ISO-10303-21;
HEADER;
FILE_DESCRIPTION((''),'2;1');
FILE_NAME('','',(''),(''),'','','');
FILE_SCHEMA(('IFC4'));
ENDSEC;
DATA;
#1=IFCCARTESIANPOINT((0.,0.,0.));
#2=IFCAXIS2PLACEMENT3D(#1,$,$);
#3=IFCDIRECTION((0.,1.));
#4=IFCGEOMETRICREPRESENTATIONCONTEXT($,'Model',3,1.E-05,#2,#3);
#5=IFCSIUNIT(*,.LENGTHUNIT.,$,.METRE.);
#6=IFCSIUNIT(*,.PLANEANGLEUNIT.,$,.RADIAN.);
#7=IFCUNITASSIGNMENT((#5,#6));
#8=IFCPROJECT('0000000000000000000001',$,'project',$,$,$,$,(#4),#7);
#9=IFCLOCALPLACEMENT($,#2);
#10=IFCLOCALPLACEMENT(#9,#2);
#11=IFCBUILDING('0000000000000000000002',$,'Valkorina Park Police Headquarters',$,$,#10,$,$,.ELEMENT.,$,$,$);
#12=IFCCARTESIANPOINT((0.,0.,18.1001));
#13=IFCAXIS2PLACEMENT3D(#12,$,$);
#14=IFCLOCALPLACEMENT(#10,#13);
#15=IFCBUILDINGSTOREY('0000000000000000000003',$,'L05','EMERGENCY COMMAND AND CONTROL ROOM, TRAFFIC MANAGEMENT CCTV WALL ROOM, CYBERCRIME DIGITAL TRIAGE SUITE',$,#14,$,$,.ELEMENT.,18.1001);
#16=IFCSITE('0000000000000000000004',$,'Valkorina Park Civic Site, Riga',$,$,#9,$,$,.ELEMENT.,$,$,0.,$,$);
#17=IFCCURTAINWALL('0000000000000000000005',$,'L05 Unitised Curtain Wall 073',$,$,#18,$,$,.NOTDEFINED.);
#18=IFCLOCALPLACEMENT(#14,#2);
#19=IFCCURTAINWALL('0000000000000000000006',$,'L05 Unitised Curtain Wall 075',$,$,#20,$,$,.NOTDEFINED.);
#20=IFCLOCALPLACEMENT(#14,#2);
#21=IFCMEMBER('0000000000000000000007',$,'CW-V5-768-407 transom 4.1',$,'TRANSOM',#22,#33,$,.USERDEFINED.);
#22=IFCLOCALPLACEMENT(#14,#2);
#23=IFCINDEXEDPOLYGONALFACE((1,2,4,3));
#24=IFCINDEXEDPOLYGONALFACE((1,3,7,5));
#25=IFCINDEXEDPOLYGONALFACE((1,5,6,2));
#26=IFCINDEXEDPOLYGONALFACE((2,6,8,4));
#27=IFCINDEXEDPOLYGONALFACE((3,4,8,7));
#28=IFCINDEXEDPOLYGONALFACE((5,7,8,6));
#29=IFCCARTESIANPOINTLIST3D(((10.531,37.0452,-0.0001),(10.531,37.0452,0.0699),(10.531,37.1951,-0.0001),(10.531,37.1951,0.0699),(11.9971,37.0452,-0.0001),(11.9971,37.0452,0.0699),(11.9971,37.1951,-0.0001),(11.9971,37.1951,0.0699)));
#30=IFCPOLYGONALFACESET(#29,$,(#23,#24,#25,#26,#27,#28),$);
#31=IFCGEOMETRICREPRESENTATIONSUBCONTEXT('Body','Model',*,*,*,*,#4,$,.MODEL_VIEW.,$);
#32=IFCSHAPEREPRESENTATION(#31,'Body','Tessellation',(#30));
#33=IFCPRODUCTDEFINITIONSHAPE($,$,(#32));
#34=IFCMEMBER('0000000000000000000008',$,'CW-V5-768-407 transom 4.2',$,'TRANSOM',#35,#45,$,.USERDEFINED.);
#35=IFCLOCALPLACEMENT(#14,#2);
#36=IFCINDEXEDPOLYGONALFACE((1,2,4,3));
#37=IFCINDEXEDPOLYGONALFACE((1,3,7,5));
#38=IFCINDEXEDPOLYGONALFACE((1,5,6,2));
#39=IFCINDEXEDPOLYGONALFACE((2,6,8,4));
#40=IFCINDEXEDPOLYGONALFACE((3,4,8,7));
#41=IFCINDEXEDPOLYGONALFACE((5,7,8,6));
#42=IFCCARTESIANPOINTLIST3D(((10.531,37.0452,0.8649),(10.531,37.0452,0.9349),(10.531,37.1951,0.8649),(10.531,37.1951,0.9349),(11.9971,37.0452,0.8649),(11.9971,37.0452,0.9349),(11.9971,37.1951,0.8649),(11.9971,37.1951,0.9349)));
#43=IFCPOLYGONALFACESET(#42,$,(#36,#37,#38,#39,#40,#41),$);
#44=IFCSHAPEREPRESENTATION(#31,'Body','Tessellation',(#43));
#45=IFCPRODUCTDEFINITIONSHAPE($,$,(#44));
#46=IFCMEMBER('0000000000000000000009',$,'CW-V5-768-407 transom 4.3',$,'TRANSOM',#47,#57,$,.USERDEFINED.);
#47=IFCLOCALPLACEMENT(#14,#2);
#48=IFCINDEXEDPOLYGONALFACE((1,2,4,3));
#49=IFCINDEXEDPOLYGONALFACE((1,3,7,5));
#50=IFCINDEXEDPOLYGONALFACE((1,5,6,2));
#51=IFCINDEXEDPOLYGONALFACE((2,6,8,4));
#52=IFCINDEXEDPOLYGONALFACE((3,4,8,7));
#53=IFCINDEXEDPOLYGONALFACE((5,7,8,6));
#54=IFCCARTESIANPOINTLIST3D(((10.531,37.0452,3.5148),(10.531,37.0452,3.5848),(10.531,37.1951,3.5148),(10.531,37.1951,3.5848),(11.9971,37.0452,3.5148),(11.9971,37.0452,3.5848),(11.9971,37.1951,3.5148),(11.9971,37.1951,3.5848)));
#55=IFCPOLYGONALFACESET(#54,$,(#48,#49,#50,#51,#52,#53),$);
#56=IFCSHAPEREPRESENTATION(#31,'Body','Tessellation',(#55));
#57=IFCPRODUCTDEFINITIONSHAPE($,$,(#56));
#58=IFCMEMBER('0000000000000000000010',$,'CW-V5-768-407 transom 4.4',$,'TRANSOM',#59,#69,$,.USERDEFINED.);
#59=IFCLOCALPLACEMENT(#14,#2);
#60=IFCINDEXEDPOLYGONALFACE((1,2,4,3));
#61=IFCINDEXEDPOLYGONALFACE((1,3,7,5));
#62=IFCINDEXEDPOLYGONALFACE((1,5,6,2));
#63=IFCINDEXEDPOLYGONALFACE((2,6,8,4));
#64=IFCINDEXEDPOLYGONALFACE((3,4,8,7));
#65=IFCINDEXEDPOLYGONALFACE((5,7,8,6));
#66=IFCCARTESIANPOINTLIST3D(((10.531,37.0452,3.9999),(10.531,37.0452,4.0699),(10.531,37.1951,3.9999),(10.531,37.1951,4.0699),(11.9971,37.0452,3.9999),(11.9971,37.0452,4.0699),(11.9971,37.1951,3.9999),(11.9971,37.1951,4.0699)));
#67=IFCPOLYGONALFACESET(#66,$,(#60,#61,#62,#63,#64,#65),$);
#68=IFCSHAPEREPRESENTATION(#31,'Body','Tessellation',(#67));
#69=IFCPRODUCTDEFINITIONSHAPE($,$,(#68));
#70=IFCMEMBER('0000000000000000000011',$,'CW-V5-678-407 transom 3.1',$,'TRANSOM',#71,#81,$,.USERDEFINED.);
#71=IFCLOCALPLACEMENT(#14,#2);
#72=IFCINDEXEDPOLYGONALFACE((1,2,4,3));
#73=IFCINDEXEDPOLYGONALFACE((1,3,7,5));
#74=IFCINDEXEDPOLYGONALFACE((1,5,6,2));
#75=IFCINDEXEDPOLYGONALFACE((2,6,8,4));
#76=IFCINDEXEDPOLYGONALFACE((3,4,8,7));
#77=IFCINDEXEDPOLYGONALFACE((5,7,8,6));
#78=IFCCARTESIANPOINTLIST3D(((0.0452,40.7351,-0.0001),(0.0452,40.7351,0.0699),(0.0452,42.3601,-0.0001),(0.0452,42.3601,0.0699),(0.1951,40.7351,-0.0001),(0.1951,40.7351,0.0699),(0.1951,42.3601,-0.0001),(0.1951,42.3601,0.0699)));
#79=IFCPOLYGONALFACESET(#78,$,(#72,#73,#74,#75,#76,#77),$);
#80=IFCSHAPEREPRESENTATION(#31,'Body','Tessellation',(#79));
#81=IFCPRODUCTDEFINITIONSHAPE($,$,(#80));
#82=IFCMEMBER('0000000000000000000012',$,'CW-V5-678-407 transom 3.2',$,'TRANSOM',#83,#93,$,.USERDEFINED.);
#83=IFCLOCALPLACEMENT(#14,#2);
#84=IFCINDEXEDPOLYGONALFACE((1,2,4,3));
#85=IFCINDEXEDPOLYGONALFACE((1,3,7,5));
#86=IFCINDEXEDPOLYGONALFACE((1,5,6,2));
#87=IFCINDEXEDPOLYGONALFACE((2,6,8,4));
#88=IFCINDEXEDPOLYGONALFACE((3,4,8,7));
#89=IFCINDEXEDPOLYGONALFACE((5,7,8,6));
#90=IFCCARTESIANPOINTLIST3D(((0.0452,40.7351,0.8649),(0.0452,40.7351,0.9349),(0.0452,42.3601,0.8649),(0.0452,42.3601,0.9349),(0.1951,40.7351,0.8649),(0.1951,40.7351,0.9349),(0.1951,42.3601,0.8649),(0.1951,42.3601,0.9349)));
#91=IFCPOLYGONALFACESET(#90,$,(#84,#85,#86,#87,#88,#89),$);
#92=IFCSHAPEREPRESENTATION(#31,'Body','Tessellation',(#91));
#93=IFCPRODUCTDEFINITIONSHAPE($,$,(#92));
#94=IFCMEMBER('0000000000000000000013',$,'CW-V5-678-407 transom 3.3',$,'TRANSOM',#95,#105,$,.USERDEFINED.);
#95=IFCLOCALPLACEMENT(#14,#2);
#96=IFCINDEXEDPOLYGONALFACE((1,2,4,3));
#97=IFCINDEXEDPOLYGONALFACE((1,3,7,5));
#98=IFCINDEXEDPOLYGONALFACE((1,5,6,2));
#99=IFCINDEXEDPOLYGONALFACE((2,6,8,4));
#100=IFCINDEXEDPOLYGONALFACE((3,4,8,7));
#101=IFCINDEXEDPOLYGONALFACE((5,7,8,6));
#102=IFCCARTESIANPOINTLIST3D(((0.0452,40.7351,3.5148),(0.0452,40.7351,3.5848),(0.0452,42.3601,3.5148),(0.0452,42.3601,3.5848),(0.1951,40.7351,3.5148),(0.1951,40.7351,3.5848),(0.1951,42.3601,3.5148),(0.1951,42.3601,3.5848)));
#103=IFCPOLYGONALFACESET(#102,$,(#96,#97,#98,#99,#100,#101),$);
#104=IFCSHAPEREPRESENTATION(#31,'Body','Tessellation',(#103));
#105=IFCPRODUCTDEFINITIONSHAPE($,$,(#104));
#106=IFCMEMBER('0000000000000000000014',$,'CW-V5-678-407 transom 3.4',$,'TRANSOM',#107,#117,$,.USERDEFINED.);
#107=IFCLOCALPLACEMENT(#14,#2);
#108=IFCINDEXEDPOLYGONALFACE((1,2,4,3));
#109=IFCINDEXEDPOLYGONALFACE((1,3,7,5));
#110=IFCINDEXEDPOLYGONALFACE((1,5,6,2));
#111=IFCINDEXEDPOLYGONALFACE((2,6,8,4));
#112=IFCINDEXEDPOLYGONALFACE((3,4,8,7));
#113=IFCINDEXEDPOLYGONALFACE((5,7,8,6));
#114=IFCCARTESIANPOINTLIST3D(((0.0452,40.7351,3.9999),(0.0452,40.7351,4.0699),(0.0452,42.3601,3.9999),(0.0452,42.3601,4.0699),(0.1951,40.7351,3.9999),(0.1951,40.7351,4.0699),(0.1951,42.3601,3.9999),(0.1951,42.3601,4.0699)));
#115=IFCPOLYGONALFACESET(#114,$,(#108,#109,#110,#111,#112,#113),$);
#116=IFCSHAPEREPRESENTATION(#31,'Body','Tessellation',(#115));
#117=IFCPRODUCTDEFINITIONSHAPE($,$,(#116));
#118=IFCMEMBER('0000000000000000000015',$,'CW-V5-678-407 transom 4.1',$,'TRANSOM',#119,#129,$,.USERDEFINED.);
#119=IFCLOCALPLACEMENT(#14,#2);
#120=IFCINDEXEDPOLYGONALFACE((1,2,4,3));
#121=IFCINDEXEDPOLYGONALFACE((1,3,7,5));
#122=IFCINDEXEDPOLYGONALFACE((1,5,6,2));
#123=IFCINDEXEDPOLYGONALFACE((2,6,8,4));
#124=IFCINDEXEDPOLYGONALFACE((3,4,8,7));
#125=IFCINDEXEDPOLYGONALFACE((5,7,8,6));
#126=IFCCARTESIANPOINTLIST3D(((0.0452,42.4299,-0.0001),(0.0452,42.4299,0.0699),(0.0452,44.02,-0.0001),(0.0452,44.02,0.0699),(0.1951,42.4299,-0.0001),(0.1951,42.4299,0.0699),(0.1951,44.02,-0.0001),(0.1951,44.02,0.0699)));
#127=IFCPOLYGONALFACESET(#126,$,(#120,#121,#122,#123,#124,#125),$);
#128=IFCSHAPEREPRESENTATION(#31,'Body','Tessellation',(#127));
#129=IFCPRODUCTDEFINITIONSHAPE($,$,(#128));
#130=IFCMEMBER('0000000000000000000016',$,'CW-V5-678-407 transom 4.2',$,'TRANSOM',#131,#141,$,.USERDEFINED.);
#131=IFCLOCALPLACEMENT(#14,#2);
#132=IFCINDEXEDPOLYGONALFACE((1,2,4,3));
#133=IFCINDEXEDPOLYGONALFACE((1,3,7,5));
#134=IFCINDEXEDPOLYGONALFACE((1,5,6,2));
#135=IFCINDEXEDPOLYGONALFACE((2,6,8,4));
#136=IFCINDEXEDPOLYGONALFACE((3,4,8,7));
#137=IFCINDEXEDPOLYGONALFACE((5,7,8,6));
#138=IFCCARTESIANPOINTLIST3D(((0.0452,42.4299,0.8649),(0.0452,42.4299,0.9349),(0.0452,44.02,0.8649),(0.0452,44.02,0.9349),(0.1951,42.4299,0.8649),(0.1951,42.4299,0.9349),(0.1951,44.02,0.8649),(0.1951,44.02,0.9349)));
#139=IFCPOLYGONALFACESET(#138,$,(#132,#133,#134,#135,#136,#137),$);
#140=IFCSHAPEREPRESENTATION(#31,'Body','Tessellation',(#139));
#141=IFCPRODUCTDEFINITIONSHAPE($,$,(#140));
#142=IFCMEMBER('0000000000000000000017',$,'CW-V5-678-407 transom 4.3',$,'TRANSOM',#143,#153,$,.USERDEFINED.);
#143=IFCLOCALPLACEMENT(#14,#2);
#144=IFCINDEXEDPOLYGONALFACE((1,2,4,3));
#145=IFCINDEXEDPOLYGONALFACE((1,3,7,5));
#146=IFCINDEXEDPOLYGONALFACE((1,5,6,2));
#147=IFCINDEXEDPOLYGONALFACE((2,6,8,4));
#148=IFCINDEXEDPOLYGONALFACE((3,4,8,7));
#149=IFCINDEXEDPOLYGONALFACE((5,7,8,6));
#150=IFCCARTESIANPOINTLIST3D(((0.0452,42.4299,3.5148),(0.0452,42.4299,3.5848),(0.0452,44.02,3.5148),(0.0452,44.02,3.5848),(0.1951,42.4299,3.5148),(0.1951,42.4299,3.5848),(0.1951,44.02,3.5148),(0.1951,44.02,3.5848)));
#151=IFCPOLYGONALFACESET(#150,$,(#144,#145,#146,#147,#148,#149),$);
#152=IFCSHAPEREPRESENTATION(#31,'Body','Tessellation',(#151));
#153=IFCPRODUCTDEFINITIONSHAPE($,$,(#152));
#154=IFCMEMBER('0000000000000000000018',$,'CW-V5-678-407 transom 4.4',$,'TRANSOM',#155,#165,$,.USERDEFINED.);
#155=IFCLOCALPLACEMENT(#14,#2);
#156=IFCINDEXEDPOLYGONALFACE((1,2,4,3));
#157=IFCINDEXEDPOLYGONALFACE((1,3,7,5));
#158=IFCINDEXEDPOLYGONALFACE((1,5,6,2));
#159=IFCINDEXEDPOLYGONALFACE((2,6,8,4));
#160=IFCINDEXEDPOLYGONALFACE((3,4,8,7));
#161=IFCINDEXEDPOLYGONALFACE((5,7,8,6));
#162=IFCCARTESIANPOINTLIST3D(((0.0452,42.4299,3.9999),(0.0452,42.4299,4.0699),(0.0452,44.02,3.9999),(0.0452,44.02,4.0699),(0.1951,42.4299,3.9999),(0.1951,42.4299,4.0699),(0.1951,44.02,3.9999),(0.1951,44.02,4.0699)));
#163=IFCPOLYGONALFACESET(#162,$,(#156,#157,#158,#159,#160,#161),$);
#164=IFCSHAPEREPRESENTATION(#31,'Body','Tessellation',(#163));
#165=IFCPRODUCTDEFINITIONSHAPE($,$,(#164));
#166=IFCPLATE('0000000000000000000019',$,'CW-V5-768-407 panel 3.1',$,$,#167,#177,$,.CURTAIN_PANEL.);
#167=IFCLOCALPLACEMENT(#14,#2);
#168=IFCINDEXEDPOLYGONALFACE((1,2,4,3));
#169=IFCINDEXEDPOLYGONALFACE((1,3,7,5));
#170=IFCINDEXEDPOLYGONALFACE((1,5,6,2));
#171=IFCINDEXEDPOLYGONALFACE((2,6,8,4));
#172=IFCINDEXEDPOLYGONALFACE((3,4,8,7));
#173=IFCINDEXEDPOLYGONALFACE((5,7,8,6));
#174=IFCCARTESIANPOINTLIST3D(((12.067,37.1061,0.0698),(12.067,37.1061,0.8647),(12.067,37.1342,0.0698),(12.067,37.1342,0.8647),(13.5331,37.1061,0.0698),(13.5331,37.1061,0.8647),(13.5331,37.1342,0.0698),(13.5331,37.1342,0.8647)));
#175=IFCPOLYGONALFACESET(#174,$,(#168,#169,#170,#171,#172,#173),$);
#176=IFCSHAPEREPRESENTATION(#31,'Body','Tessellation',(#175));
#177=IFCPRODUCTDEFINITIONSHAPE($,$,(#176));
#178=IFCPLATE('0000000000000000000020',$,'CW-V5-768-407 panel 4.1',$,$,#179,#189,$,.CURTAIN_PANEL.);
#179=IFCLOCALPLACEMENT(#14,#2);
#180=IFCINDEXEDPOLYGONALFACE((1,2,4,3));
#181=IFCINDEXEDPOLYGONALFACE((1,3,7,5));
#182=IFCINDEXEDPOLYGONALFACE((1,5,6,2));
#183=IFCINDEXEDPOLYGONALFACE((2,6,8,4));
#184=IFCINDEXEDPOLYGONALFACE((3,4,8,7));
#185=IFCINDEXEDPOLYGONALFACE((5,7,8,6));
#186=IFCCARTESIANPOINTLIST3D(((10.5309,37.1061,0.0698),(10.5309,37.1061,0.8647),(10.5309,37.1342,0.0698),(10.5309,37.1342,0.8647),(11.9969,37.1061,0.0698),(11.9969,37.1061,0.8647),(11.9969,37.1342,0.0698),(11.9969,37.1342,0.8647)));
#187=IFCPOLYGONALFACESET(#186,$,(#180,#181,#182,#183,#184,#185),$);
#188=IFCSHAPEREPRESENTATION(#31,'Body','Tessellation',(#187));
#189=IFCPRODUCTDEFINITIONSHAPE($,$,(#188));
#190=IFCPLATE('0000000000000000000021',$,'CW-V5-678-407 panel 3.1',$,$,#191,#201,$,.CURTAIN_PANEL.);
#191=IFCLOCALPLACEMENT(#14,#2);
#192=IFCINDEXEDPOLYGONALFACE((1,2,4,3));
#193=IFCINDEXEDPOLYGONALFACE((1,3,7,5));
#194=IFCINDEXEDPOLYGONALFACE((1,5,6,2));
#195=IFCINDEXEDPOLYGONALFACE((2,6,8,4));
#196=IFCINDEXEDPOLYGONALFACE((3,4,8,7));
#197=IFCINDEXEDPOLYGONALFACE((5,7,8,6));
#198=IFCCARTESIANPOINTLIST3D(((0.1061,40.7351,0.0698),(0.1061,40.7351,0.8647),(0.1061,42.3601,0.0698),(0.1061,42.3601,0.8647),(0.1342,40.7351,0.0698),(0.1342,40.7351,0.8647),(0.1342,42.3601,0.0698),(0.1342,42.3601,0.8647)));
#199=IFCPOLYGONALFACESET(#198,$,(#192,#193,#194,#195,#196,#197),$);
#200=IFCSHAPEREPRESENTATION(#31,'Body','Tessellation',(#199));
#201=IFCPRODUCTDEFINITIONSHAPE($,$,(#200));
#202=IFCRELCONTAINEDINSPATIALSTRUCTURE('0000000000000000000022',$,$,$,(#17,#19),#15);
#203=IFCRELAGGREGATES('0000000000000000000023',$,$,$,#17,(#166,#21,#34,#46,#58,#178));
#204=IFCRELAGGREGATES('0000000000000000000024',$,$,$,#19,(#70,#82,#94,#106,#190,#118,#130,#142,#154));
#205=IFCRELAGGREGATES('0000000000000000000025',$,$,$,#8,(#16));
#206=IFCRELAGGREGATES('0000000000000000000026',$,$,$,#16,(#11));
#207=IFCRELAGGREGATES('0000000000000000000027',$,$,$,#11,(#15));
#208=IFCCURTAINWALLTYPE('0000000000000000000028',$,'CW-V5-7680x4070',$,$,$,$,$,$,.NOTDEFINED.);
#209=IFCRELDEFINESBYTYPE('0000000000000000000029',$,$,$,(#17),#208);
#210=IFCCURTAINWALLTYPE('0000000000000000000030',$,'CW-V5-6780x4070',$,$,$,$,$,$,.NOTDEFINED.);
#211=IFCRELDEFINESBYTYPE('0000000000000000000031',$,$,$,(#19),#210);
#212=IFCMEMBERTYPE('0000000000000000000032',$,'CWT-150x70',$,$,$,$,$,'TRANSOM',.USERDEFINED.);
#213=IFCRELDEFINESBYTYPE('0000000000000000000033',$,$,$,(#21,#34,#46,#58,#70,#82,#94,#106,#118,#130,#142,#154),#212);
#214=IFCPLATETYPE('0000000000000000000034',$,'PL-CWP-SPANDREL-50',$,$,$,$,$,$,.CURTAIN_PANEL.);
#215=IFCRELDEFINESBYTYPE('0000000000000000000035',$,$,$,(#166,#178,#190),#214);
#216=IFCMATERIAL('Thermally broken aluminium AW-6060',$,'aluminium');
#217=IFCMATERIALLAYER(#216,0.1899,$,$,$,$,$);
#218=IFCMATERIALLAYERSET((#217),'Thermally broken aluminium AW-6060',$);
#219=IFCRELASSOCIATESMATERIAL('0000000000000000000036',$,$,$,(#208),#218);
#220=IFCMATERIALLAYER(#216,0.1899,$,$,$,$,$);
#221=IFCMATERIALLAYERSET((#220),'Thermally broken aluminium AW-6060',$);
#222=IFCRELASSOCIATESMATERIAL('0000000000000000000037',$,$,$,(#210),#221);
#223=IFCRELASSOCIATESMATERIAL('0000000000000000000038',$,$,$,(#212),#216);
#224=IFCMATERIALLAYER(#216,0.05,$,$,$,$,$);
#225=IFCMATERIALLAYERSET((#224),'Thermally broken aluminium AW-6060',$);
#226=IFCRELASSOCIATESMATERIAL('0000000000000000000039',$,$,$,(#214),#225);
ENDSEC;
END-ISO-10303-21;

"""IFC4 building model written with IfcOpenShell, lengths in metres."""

from ifc_helpers import new_model, si_unit, direction, frame, origin, origin_2d, place, context, subcontext, project, spatial, rectangle, extrude, material, layer, layer_set, material_profile, profile_set, type_object, element, aggregate, save


model = new_model("IFC4")

# Units and contexts
model_context = context("Model", 3, precision=1e-05, world=origin(), true_north=direction((0.0, 1.0)))
body_context = subcontext(model_context, "Body", "Model", "MODEL_VIEW")
ifc_project = project(units=[si_unit("LENGTHUNIT", "METRE"), si_unit("PLANEANGLEUNIT", "RADIAN")], contexts=[model_context])

# Site, building, storey
site_placement = place(None, origin())
site = spatial("IfcSite", under=ifc_project, at=site_placement, Name="Valkorina Park Civic Site, Riga", CompositionType="ELEMENT", RefElevation=0.0)
building_placement = place(site_placement, origin())
building = spatial("IfcBuilding", under=site, at=building_placement, Name="Valkorina Park Police Headquarters", CompositionType="ELEMENT")
storey_placement = place(building_placement, frame((0.0, 0.0, 18.1001)))
storey = spatial("IfcBuildingStorey", under=building, at=storey_placement, Name="L05", Description="EMERGENCY COMMAND AND CONTROL ROOM, TRAFFIC MANAGEMENT CCTV WALL ROOM, CYBERCRIME DIGITAL TRIAGE SUITE", CompositionType="ELEMENT", Elevation=18.1001)

# Curtain wall
ifc_material_1 = material(Name="Thermally broken aluminium AW-6060", Category="aluminium")
ifc_layer_1 = layer(ifc_material_1, 0.1899)
ifc_layer_set_1 = layer_set([ifc_layer_1], Name="Thermally broken aluminium AW-6060")
curtain_wall_type_1 = type_object("IfcCurtainWallType", Name="CW-V5-7680x4070", PredefinedType="NOTDEFINED", material=ifc_layer_set_1)
curtain_wall_1_placement = place(storey_placement, origin())
curtain_wall_1 = element("IfcCurtainWall", 1, at=curtain_wall_1_placement, inside=storey, type_object=curtain_wall_type_1, Name="L05 Unitised Curtain Wall 073", PredefinedType="NOTDEFINED")

# Curtain wall
ifc_layer_2 = layer(ifc_material_1, 0.1899)
ifc_layer_set_2 = layer_set([ifc_layer_2], Name="Thermally broken aluminium AW-6060")
curtain_wall_type_2 = type_object("IfcCurtainWallType", Name="CW-V5-6780x4070", PredefinedType="NOTDEFINED", material=ifc_layer_set_2)
curtain_wall_2_placement = place(storey_placement, origin())
curtain_wall_2 = element("IfcCurtainWall", 2, at=curtain_wall_2_placement, inside=storey, type_object=curtain_wall_type_2, Name="L05 Unitised Curtain Wall 075", PredefinedType="NOTDEFINED")

# Members
ifc_material_profile_1 = material_profile(ifc_material_1, rectangle(XDim=0.1499, YDim=0.0701, at=origin_2d()), Name="CWT-02 150x70")
ifc_profile_set_1 = profile_set([ifc_material_profile_1], Name="Thermally broken aluminium AW-6060")
member_type_1 = type_object("IfcMemberType", Name="CWT-150x70", ElementType="TRANSOM", PredefinedType="USERDEFINED", material=ifc_profile_set_1)
member_1_placement = place(storey_placement, frame((11.9971, 37.1201, 0.0349), z_axis=(-1.0, 0.0, 0.0), x_axis=(0.0, -1.0, 0.0)))
member_1 = element("IfcMember", 3, at=member_1_placement, type_object=member_type_1, Name="CW-V5-768-407 transom 4.1", ObjectType="TRANSOM", PredefinedType="USERDEFINED", context=body_context, shape_type="SweptSolid", body=[
    extrude(rectangle(XDim=0.1499, YDim=0.0701, at=origin_2d()), origin(), (0.0, 0.0, 1.0), 1.4661),
])
member_2_placement = place(storey_placement, frame((11.9971, 37.1201, 0.8999), z_axis=(-1.0, 0.0, 0.0), x_axis=(0.0, -1.0, 0.0)))
member_2 = element("IfcMember", 4, at=member_2_placement, type_object=member_type_1, Name="CW-V5-768-407 transom 4.2", ObjectType="TRANSOM", PredefinedType="USERDEFINED", context=body_context, shape_type="SweptSolid", body=[
    extrude(rectangle(XDim=0.1499, YDim=0.0701, at=origin_2d()), origin(), (0.0, 0.0, 1.0), 1.4661),
])
member_3_placement = place(storey_placement, frame((11.9971, 37.1201, 3.5498), z_axis=(-1.0, 0.0, 0.0), x_axis=(0.0, -1.0, 0.0)))
member_3 = element("IfcMember", 5, at=member_3_placement, type_object=member_type_1, Name="CW-V5-768-407 transom 4.3", ObjectType="TRANSOM", PredefinedType="USERDEFINED", context=body_context, shape_type="SweptSolid", body=[
    extrude(rectangle(XDim=0.1499, YDim=0.0701, at=origin_2d()), origin(), (0.0, 0.0, 1.0), 1.4661),
])
member_4_placement = place(storey_placement, frame((11.9971, 37.1201, 4.0349), z_axis=(-1.0, 0.0, 0.0), x_axis=(0.0, -1.0, 0.0)))
member_4 = element("IfcMember", 6, at=member_4_placement, type_object=member_type_1, Name="CW-V5-768-407 transom 4.4", ObjectType="TRANSOM", PredefinedType="USERDEFINED", context=body_context, shape_type="SweptSolid", body=[
    extrude(rectangle(XDim=0.1499, YDim=0.0701, at=origin_2d()), origin(), (0.0, 0.0, 1.0), 1.4661),
])
member_5_placement = place(storey_placement, frame((0.1201, 40.7351, 0.0349), z_axis=(0.0, 1.0, 0.0), x_axis=(-1.0, 0.0, 0.0)))
member_5 = element("IfcMember", 7, at=member_5_placement, type_object=member_type_1, Name="CW-V5-678-407 transom 3.1", ObjectType="TRANSOM", PredefinedType="USERDEFINED", context=body_context, shape_type="SweptSolid", body=[
    extrude(rectangle(XDim=0.1499, YDim=0.0701, at=origin_2d()), origin(), (0.0, 0.0, 1.0), 1.625),
])
member_6_placement = place(storey_placement, frame((0.1201, 40.7351, 0.8999), z_axis=(0.0, 1.0, 0.0), x_axis=(-1.0, 0.0, 0.0)))
member_6 = element("IfcMember", 8, at=member_6_placement, type_object=member_type_1, Name="CW-V5-678-407 transom 3.2", ObjectType="TRANSOM", PredefinedType="USERDEFINED", context=body_context, shape_type="SweptSolid", body=[
    extrude(rectangle(XDim=0.1499, YDim=0.0701, at=origin_2d()), origin(), (0.0, 0.0, 1.0), 1.625),
])
member_7_placement = place(storey_placement, frame((0.1201, 40.7351, 3.5498), z_axis=(0.0, 1.0, 0.0), x_axis=(-1.0, 0.0, 0.0)))
member_7 = element("IfcMember", 9, at=member_7_placement, type_object=member_type_1, Name="CW-V5-678-407 transom 3.3", ObjectType="TRANSOM", PredefinedType="USERDEFINED", context=body_context, shape_type="SweptSolid", body=[
    extrude(rectangle(XDim=0.1499, YDim=0.0701, at=origin_2d()), origin(), (0.0, 0.0, 1.0), 1.625),
])
member_8_placement = place(storey_placement, frame((0.1201, 40.7351, 4.0349), z_axis=(0.0, 1.0, 0.0), x_axis=(-1.0, 0.0, 0.0)))
member_8 = element("IfcMember", 10, at=member_8_placement, type_object=member_type_1, Name="CW-V5-678-407 transom 3.4", ObjectType="TRANSOM", PredefinedType="USERDEFINED", context=body_context, shape_type="SweptSolid", body=[
    extrude(rectangle(XDim=0.1499, YDim=0.0701, at=origin_2d()), origin(), (0.0, 0.0, 1.0), 1.625),
])
member_9_placement = place(storey_placement, frame((0.1201, 42.4299, 0.0349), z_axis=(0.0, 1.0, 0.0), x_axis=(-1.0, 0.0, 0.0)))
member_9 = element("IfcMember", 11, at=member_9_placement, type_object=member_type_1, Name="CW-V5-678-407 transom 4.1", ObjectType="TRANSOM", PredefinedType="USERDEFINED", context=body_context, shape_type="SweptSolid", body=[
    extrude(rectangle(XDim=0.1499, YDim=0.0701, at=origin_2d()), origin(), (0.0, 0.0, 1.0), 1.5901),
])
member_10_placement = place(storey_placement, frame((0.1201, 42.4299, 0.8999), z_axis=(0.0, 1.0, 0.0), x_axis=(-1.0, 0.0, 0.0)))
member_10 = element("IfcMember", 12, at=member_10_placement, type_object=member_type_1, Name="CW-V5-678-407 transom 4.2", ObjectType="TRANSOM", PredefinedType="USERDEFINED", context=body_context, shape_type="SweptSolid", body=[
    extrude(rectangle(XDim=0.1499, YDim=0.0701, at=origin_2d()), origin(), (0.0, 0.0, 1.0), 1.5901),
])
member_11_placement = place(storey_placement, frame((0.1201, 42.4299, 3.5498), z_axis=(0.0, 1.0, 0.0), x_axis=(-1.0, 0.0, 0.0)))
member_11 = element("IfcMember", 13, at=member_11_placement, type_object=member_type_1, Name="CW-V5-678-407 transom 4.3", ObjectType="TRANSOM", PredefinedType="USERDEFINED", context=body_context, shape_type="SweptSolid", body=[
    extrude(rectangle(XDim=0.1499, YDim=0.0701, at=origin_2d()), origin(), (0.0, 0.0, 1.0), 1.5901),
])
member_12_placement = place(storey_placement, frame((0.1201, 42.4299, 4.0349), z_axis=(0.0, 1.0, 0.0), x_axis=(-1.0, 0.0, 0.0)))
member_12 = element("IfcMember", 14, at=member_12_placement, type_object=member_type_1, Name="CW-V5-678-407 transom 4.4", ObjectType="TRANSOM", PredefinedType="USERDEFINED", context=body_context, shape_type="SweptSolid", body=[
    extrude(rectangle(XDim=0.1499, YDim=0.0701, at=origin_2d()), origin(), (0.0, 0.0, 1.0), 1.5901),
])

# Plates
ifc_layer_3 = layer(ifc_material_1, 0.05)
ifc_layer_set_3 = layer_set([ifc_layer_3], Name="Thermally broken aluminium AW-6060")
plate_type_1 = type_object("IfcPlateType", Name="PL-CWP-SPANDREL-50", PredefinedType="CURTAIN_PANEL", material=ifc_layer_set_3)
plate_1_placement = place(storey_placement, frame((12.8, 37.1201, 0.0698), z_axis=(0.0, 0.0, 1.0), x_axis=(-1.0, 0.0, 0.0)))
plate_1 = element("IfcPlate", 15, at=plate_1_placement, type_object=plate_type_1, Name="CW-V5-768-407 panel 3.1", PredefinedType="CURTAIN_PANEL", context=body_context, shape_type="SweptSolid", body=[
    extrude(rectangle(XDim=1.4661, YDim=0.0281, at=origin_2d()), origin(), (0.0, 0.0, 1.0), 0.7949),
])
plate_2_placement = place(storey_placement, frame((11.2639, 37.1201, 0.0698), z_axis=(0.0, 0.0, 1.0), x_axis=(-1.0, 0.0, 0.0)))
plate_2 = element("IfcPlate", 16, at=plate_2_placement, type_object=plate_type_1, Name="CW-V5-768-407 panel 4.1", PredefinedType="CURTAIN_PANEL", context=body_context, shape_type="SweptSolid", body=[
    extrude(rectangle(XDim=1.4661, YDim=0.0281, at=origin_2d()), origin(), (0.0, 0.0, 1.0), 0.7949),
])
plate_3_placement = place(storey_placement, frame((0.1201, 41.5476, 0.0698), z_axis=(0.0, 0.0, 1.0), x_axis=(0.0, 1.0, 0.0)))
plate_3 = element("IfcPlate", 17, at=plate_3_placement, type_object=plate_type_1, Name="CW-V5-678-407 panel 3.1", PredefinedType="CURTAIN_PANEL", context=body_context, shape_type="SweptSolid", body=[
    extrude(rectangle(XDim=1.625, YDim=0.0281, at=origin_2d()), origin(), (0.0, 0.0, 1.0), 0.7949),
])
aggregate(curtain_wall_1, [plate_1, member_1, member_2, member_3, member_4, plate_2])
aggregate(curtain_wall_2, [member_5, member_6, member_7, member_8, plate_3, member_9, member_10, member_11, member_12])

save(model, "model.ifc")
